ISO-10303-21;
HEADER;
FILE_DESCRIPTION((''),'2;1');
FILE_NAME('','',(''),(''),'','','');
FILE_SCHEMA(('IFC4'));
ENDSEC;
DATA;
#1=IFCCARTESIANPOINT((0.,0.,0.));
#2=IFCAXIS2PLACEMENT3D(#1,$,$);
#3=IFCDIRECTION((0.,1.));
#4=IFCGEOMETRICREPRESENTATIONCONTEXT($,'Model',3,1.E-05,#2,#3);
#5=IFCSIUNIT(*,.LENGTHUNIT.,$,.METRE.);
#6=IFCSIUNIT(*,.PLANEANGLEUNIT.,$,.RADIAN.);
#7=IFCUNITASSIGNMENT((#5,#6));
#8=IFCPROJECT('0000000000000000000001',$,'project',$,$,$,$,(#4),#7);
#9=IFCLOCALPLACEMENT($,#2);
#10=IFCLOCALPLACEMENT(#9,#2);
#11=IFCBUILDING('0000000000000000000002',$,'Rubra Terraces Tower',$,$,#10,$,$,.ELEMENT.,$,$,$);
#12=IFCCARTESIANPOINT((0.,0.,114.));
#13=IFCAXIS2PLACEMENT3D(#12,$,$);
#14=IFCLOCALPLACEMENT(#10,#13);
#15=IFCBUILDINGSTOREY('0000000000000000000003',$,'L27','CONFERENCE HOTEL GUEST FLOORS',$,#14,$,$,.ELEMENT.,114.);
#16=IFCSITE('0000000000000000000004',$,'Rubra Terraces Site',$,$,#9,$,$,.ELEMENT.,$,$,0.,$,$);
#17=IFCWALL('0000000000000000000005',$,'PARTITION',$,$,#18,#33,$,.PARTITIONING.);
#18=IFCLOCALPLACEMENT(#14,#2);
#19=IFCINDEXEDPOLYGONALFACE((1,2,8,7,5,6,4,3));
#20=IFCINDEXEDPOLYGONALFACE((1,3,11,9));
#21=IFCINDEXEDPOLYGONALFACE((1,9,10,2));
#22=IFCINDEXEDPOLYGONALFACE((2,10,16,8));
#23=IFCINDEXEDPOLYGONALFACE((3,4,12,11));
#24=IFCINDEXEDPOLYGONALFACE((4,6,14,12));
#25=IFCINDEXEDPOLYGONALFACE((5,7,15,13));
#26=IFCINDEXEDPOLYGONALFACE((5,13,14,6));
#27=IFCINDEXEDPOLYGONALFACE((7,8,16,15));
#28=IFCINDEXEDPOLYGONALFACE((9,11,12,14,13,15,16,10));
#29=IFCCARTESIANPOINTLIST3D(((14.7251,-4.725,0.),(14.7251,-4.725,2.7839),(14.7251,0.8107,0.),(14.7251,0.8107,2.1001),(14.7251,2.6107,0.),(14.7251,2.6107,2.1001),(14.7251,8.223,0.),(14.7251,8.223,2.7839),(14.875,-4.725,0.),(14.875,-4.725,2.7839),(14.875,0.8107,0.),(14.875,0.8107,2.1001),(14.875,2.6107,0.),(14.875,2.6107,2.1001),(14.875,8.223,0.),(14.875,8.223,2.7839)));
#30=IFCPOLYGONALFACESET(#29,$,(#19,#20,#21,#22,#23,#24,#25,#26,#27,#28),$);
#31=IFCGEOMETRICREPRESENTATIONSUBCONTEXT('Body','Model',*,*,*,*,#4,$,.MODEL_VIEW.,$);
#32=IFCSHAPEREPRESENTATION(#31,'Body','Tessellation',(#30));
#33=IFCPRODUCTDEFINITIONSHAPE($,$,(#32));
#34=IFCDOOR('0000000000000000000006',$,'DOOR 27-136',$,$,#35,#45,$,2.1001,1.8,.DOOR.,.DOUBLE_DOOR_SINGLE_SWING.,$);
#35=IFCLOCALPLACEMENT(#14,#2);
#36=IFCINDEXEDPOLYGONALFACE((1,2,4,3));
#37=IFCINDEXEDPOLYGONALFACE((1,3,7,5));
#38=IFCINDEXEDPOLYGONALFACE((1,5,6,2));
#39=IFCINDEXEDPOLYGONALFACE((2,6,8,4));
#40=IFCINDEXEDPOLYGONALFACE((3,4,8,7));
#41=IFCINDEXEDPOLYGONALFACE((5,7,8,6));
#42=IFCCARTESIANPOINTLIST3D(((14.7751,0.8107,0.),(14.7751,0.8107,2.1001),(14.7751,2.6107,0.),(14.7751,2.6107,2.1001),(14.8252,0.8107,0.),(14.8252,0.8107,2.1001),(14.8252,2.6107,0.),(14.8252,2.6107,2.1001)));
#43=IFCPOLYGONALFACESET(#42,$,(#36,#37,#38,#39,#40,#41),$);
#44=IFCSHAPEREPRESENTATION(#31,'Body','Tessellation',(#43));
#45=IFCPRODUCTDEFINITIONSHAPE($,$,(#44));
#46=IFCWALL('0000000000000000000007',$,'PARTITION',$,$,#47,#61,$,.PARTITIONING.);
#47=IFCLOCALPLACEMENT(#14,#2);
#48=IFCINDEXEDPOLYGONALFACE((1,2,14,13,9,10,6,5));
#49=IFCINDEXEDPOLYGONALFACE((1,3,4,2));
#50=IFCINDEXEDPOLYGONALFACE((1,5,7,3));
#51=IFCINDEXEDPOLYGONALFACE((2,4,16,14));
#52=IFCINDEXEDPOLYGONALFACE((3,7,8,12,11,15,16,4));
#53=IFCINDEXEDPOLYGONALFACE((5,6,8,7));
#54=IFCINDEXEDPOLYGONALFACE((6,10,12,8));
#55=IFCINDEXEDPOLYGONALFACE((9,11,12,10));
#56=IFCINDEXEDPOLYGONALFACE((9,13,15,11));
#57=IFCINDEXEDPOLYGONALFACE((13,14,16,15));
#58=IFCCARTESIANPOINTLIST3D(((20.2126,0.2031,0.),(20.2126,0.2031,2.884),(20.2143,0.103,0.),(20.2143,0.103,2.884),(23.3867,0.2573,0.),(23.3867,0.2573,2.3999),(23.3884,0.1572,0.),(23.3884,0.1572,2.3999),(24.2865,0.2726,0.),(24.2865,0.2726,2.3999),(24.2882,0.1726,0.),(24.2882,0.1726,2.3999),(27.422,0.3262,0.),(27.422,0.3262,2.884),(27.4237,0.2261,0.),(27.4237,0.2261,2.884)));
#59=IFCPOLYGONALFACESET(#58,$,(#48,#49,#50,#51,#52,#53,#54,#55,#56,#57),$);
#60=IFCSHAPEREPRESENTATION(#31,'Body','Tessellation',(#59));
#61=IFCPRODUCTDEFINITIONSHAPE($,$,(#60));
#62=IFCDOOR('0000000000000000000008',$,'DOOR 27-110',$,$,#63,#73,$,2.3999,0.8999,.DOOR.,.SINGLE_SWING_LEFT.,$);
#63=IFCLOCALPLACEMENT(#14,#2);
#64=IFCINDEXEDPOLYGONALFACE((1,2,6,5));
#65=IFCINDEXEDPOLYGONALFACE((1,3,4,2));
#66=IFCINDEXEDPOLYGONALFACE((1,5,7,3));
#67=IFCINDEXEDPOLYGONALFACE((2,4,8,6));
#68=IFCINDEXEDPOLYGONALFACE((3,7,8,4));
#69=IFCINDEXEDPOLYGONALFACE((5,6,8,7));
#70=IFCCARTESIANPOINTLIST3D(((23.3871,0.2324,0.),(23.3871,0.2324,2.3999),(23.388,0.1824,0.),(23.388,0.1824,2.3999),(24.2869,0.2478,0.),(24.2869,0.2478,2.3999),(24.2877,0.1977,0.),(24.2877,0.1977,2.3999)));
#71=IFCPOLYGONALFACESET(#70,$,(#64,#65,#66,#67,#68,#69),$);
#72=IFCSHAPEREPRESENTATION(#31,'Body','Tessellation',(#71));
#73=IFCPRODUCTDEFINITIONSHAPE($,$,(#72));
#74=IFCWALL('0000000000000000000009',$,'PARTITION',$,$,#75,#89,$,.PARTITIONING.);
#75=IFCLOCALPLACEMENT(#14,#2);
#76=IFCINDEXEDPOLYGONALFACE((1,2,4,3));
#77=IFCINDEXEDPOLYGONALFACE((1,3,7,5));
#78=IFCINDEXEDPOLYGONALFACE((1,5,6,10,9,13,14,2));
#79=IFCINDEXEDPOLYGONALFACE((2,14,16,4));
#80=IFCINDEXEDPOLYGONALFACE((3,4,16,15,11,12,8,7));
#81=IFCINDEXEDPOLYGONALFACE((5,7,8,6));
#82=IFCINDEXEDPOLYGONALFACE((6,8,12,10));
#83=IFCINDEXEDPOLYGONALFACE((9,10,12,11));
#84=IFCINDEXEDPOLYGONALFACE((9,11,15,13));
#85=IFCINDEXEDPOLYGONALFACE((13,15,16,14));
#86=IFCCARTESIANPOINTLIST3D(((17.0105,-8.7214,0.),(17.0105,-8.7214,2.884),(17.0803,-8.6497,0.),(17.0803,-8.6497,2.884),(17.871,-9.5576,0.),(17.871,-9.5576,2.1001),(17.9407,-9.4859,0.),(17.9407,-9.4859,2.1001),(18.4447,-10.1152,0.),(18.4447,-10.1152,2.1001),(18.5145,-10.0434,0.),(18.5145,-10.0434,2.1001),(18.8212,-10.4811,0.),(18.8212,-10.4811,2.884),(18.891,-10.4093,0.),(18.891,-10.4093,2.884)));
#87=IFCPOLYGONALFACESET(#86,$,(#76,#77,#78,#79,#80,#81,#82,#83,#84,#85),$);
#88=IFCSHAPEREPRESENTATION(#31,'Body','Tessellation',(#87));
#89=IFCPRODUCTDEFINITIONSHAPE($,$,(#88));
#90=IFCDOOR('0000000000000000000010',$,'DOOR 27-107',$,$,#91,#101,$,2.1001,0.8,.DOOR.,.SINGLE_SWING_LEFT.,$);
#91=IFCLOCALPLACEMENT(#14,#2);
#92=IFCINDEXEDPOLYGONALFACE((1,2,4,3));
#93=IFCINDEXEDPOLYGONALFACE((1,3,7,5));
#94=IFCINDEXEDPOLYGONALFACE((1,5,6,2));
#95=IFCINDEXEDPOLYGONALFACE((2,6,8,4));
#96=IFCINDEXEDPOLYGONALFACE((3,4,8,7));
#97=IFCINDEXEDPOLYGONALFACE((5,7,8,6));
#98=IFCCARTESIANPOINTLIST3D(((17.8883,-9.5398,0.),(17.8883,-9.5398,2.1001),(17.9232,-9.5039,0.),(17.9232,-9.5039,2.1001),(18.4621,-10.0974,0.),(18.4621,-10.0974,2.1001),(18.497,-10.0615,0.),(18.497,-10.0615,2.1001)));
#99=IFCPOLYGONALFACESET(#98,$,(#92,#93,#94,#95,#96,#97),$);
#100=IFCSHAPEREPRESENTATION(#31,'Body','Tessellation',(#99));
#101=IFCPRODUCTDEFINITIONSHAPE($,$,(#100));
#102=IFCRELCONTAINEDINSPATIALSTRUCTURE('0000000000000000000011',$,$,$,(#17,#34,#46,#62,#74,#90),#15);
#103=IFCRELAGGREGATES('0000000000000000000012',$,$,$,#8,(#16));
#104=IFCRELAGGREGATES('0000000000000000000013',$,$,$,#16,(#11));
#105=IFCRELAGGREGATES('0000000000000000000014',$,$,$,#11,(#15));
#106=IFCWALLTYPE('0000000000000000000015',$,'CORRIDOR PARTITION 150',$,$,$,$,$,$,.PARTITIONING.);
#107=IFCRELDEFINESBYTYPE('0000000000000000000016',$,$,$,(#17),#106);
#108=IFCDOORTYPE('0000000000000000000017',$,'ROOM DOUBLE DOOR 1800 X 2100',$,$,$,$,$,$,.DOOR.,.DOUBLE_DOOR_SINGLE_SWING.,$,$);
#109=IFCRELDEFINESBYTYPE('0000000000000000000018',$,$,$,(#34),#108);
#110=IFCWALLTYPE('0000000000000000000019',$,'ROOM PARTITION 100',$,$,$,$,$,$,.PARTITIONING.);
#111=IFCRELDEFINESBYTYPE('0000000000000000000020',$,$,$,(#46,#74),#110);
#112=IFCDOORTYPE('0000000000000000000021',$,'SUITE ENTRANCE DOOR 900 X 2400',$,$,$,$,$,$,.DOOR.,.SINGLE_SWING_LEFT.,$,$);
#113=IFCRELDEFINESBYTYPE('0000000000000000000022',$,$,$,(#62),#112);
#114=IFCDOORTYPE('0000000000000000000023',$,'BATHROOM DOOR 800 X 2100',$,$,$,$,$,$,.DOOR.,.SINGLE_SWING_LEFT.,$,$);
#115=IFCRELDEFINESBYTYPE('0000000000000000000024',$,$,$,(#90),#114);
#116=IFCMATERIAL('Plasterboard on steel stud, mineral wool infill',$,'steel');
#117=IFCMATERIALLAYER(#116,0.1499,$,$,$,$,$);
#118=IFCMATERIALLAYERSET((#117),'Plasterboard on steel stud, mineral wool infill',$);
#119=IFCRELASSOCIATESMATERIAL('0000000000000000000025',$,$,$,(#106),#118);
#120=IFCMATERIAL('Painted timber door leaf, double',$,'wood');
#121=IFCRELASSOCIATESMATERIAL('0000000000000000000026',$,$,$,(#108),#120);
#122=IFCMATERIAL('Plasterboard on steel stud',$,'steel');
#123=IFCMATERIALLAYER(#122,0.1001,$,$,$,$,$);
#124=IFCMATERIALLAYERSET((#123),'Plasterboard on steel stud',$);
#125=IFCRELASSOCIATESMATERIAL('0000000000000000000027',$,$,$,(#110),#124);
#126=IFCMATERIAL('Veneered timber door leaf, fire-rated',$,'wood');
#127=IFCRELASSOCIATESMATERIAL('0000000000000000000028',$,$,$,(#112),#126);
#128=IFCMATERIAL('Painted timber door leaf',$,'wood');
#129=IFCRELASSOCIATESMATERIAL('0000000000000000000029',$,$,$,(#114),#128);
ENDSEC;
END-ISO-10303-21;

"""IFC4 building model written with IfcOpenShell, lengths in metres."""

from ifc_helpers import new_model, si_unit, direction, frame, frame_2d, origin, place, context, subcontext, project, spatial, rectangle, extrude, material, layer, layer_set, type_object, element, fill, save


model = new_model("IFC4")

# Units and contexts
model_context = context("Model", 3, precision=1e-05, world=origin(), true_north=direction((0.0, 1.0)))
body_context = subcontext(model_context, "Body", "Model", "MODEL_VIEW")
ifc_project = project(units=[si_unit("LENGTHUNIT", "METRE"), si_unit("PLANEANGLEUNIT", "RADIAN")], contexts=[model_context])

# Site, building, storey
site_placement = place(None, origin())
site = spatial("IfcSite", under=ifc_project, at=site_placement, Name="Rubra Terraces Site", CompositionType="ELEMENT", RefElevation=0.0)
building_placement = place(site_placement, origin())
building = spatial("IfcBuilding", under=site, at=building_placement, Name="Rubra Terraces Tower", CompositionType="ELEMENT")
storey_placement = place(building_placement, frame((0.0, 0.0, 114.0)))
storey = spatial("IfcBuildingStorey", under=building, at=storey_placement, Name="L27", Description="CONFERENCE HOTEL GUEST FLOORS", CompositionType="ELEMENT", Elevation=114.0)

# Shared definitions
ifc_material_1 = material(Name="Plasterboard on steel stud, mineral wool infill", Category="steel")
ifc_layer_1 = layer(ifc_material_1, 0.1499)
ifc_layer_set_1 = layer_set([ifc_layer_1], Name="Plasterboard on steel stud, mineral wool infill")
wall_type_1 = type_object("IfcWallType", Name="CORRIDOR PARTITION 150", PredefinedType="PARTITIONING", material=ifc_layer_set_1)

# Shared definitions
ifc_material_2 = material(Name="Painted timber door leaf", Category="wood")

# Walls, openings, doors
wall_1_placement = place(storey_placement, frame((14.8, -4.7251, 0.0), z_axis=(0.0, 0.0, 1.0), x_axis=(0.0, 1.0, 0.0)))
wall_1 = element("IfcWall", 1, at=wall_1_placement, inside=storey, type_object=wall_type_1, Name="PARTITION", PredefinedType="PARTITIONING", context=body_context, shape_type="SweptSolid", body=[
    extrude(rectangle(XDim=12.948, YDim=0.1499, at=frame_2d((6.4741, 0.0))), origin(), (0.0, 0.0, 1.0), 2.7839),
])
opening_1_placement = place(wall_1_placement, frame((5.5359, 0.0, 0.0)))
opening_1 = element("IfcOpeningElement", 2, at=opening_1_placement, cuts=wall_1, PredefinedType="OPENING", context=body_context, shape_type="SweptSolid", body=[
    extrude(rectangle(XDim=1.8, YDim=2.1001, at=frame_2d((0.8999, 1.05))), frame((0.0, 0.085, 0.0), z_axis=(0.0, -1.0, 0.0), x_axis=(1.0, 0.0, 0.0)), (0.0, 0.0, 1.0), 0.1699),
])
ifc_material_3 = material(Name="Painted timber door leaf, double", Category="wood")
door_type_1 = type_object("IfcDoorType", Name="ROOM DOUBLE DOOR 1800 X 2100", OperationType="DOUBLE_DOOR_SINGLE_SWING", PredefinedType="DOOR", material=ifc_material_3)
door_1_placement = place(opening_1_placement, origin())
door_1 = element("IfcDoor", 3, at=door_1_placement, inside=storey, type_object=door_type_1, Name="DOOR 27-136", OperationType="DOUBLE_DOOR_SINGLE_SWING", OverallHeight=2.1001, OverallWidth=1.8, PredefinedType="DOOR", context=body_context, shape_type="SweptSolid", body=[
    extrude(rectangle(XDim=1.8, YDim=2.1001, at=frame_2d((0.8999, 1.05))), frame((0.0, 0.0249, 0.0), z_axis=(0.0, -1.0, 0.0), x_axis=(1.0, 0.0, 0.0)), (0.0, 0.0, 1.0), 0.05),
])
fill(opening_1, door_1)
ifc_material_4 = material(Name="Plasterboard on steel stud", Category="steel")
ifc_layer_2 = layer(ifc_material_4, 0.1001)
ifc_layer_set_2 = layer_set([ifc_layer_2], Name="Plasterboard on steel stud")
wall_type_2 = type_object("IfcWallType", Name="ROOM PARTITION 100", PredefinedType="PARTITIONING", material=ifc_layer_set_2)
wall_2_placement = place(storey_placement, frame((27.4229, 0.2761, 0.0), z_axis=(0.0, 0.0, 1.0), x_axis=(-0.999854, -0.017065, 0.0)))
wall_2 = element("IfcWall", 4, at=wall_2_placement, inside=storey, type_object=wall_type_2, Name="PARTITION", PredefinedType="PARTITIONING", context=body_context, shape_type="SweptSolid", body=[
    extrude(rectangle(XDim=7.2104, YDim=0.1001, at=frame_2d((3.6052, 0.0))), origin(), (0.0, 0.0, 1.0), 2.884),
])
opening_2_placement = place(wall_2_placement, frame((3.136, 0.0, 0.0)))
opening_2 = element("IfcOpeningElement", 5, at=opening_2_placement, cuts=wall_2, PredefinedType="OPENING", context=body_context, shape_type="SweptSolid", body=[
    extrude(rectangle(XDim=0.8999, YDim=2.3999, at=frame_2d((0.45, 1.2))), frame((0.0, 0.0601, 0.0), z_axis=(0.0, -1.0, 0.0), x_axis=(1.0, 0.0, 0.0)), (0.0, 0.0, 1.0), 0.1201),
])
ifc_material_5 = material(Name="Veneered timber door leaf, fire-rated", Category="wood")
door_type_2 = type_object("IfcDoorType", Name="SUITE ENTRANCE DOOR 900 X 2400", OperationType="SINGLE_SWING_LEFT", PredefinedType="DOOR", material=ifc_material_5)
door_2_placement = place(opening_2_placement, origin())
door_2 = element("IfcDoor", 6, at=door_2_placement, inside=storey, type_object=door_type_2, Name="DOOR 27-110", OperationType="SINGLE_SWING_LEFT", OverallHeight=2.3999, OverallWidth=0.8999, PredefinedType="DOOR", context=body_context, shape_type="SweptSolid", body=[
    extrude(rectangle(XDim=0.8999, YDim=2.3999, at=frame_2d((0.45, 1.2))), frame((0.0, 0.0249, 0.0), z_axis=(0.0, -1.0, 0.0), x_axis=(1.0, 0.0, 0.0)), (0.0, 0.0, 1.0), 0.05),
])
fill(opening_2, door_2)
wall_3_placement = place(storey_placement, frame((17.0454, -8.6855, 0.0), z_axis=(0.0, 0.0, 1.0), x_axis=(0.717139, -0.696931, 0.0)))
wall_3 = element("IfcWall", 7, at=wall_3_placement, inside=storey, type_object=wall_type_2, Name="PARTITION", PredefinedType="PARTITIONING", context=body_context, shape_type="SweptSolid", body=[
    extrude(rectangle(XDim=2.5249, YDim=0.1001, at=frame_2d((1.2625, 0.0))), origin(), (0.0, 0.0, 1.0), 2.884),
])
opening_3_placement = place(wall_3_placement, frame((1.2, 0.0, 0.0)))
opening_3 = element("IfcOpeningElement", 8, at=opening_3_placement, cuts=wall_3, PredefinedType="OPENING", context=body_context, shape_type="SweptSolid", body=[
    extrude(rectangle(XDim=0.8, YDim=2.1001, at=frame_2d((0.3999, 1.05))), frame((0.0, 0.0601, 0.0), z_axis=(0.0, -1.0, 0.0), x_axis=(1.0, 0.0, 0.0)), (0.0, 0.0, 1.0), 0.1201),
])
door_type_3 = type_object("IfcDoorType", Name="BATHROOM DOOR 800 X 2100", OperationType="SINGLE_SWING_LEFT", PredefinedType="DOOR", material=ifc_material_2)
door_3_placement = place(opening_3_placement, origin())
door_3 = element("IfcDoor", 9, at=door_3_placement, inside=storey, type_object=door_type_3, Name="DOOR 27-107", OperationType="SINGLE_SWING_LEFT", OverallHeight=2.1001, OverallWidth=0.8, PredefinedType="DOOR", context=body_context, shape_type="SweptSolid", body=[
    extrude(rectangle(XDim=0.8, YDim=2.1001, at=frame_2d((0.3999, 1.05))), frame((0.0, 0.0249, 0.0), z_axis=(0.0, -1.0, 0.0), x_axis=(1.0, 0.0, 0.0)), (0.0, 0.0, 1.0), 0.05),
])
fill(opening_3, door_3)

save(model, "model.ifc")
